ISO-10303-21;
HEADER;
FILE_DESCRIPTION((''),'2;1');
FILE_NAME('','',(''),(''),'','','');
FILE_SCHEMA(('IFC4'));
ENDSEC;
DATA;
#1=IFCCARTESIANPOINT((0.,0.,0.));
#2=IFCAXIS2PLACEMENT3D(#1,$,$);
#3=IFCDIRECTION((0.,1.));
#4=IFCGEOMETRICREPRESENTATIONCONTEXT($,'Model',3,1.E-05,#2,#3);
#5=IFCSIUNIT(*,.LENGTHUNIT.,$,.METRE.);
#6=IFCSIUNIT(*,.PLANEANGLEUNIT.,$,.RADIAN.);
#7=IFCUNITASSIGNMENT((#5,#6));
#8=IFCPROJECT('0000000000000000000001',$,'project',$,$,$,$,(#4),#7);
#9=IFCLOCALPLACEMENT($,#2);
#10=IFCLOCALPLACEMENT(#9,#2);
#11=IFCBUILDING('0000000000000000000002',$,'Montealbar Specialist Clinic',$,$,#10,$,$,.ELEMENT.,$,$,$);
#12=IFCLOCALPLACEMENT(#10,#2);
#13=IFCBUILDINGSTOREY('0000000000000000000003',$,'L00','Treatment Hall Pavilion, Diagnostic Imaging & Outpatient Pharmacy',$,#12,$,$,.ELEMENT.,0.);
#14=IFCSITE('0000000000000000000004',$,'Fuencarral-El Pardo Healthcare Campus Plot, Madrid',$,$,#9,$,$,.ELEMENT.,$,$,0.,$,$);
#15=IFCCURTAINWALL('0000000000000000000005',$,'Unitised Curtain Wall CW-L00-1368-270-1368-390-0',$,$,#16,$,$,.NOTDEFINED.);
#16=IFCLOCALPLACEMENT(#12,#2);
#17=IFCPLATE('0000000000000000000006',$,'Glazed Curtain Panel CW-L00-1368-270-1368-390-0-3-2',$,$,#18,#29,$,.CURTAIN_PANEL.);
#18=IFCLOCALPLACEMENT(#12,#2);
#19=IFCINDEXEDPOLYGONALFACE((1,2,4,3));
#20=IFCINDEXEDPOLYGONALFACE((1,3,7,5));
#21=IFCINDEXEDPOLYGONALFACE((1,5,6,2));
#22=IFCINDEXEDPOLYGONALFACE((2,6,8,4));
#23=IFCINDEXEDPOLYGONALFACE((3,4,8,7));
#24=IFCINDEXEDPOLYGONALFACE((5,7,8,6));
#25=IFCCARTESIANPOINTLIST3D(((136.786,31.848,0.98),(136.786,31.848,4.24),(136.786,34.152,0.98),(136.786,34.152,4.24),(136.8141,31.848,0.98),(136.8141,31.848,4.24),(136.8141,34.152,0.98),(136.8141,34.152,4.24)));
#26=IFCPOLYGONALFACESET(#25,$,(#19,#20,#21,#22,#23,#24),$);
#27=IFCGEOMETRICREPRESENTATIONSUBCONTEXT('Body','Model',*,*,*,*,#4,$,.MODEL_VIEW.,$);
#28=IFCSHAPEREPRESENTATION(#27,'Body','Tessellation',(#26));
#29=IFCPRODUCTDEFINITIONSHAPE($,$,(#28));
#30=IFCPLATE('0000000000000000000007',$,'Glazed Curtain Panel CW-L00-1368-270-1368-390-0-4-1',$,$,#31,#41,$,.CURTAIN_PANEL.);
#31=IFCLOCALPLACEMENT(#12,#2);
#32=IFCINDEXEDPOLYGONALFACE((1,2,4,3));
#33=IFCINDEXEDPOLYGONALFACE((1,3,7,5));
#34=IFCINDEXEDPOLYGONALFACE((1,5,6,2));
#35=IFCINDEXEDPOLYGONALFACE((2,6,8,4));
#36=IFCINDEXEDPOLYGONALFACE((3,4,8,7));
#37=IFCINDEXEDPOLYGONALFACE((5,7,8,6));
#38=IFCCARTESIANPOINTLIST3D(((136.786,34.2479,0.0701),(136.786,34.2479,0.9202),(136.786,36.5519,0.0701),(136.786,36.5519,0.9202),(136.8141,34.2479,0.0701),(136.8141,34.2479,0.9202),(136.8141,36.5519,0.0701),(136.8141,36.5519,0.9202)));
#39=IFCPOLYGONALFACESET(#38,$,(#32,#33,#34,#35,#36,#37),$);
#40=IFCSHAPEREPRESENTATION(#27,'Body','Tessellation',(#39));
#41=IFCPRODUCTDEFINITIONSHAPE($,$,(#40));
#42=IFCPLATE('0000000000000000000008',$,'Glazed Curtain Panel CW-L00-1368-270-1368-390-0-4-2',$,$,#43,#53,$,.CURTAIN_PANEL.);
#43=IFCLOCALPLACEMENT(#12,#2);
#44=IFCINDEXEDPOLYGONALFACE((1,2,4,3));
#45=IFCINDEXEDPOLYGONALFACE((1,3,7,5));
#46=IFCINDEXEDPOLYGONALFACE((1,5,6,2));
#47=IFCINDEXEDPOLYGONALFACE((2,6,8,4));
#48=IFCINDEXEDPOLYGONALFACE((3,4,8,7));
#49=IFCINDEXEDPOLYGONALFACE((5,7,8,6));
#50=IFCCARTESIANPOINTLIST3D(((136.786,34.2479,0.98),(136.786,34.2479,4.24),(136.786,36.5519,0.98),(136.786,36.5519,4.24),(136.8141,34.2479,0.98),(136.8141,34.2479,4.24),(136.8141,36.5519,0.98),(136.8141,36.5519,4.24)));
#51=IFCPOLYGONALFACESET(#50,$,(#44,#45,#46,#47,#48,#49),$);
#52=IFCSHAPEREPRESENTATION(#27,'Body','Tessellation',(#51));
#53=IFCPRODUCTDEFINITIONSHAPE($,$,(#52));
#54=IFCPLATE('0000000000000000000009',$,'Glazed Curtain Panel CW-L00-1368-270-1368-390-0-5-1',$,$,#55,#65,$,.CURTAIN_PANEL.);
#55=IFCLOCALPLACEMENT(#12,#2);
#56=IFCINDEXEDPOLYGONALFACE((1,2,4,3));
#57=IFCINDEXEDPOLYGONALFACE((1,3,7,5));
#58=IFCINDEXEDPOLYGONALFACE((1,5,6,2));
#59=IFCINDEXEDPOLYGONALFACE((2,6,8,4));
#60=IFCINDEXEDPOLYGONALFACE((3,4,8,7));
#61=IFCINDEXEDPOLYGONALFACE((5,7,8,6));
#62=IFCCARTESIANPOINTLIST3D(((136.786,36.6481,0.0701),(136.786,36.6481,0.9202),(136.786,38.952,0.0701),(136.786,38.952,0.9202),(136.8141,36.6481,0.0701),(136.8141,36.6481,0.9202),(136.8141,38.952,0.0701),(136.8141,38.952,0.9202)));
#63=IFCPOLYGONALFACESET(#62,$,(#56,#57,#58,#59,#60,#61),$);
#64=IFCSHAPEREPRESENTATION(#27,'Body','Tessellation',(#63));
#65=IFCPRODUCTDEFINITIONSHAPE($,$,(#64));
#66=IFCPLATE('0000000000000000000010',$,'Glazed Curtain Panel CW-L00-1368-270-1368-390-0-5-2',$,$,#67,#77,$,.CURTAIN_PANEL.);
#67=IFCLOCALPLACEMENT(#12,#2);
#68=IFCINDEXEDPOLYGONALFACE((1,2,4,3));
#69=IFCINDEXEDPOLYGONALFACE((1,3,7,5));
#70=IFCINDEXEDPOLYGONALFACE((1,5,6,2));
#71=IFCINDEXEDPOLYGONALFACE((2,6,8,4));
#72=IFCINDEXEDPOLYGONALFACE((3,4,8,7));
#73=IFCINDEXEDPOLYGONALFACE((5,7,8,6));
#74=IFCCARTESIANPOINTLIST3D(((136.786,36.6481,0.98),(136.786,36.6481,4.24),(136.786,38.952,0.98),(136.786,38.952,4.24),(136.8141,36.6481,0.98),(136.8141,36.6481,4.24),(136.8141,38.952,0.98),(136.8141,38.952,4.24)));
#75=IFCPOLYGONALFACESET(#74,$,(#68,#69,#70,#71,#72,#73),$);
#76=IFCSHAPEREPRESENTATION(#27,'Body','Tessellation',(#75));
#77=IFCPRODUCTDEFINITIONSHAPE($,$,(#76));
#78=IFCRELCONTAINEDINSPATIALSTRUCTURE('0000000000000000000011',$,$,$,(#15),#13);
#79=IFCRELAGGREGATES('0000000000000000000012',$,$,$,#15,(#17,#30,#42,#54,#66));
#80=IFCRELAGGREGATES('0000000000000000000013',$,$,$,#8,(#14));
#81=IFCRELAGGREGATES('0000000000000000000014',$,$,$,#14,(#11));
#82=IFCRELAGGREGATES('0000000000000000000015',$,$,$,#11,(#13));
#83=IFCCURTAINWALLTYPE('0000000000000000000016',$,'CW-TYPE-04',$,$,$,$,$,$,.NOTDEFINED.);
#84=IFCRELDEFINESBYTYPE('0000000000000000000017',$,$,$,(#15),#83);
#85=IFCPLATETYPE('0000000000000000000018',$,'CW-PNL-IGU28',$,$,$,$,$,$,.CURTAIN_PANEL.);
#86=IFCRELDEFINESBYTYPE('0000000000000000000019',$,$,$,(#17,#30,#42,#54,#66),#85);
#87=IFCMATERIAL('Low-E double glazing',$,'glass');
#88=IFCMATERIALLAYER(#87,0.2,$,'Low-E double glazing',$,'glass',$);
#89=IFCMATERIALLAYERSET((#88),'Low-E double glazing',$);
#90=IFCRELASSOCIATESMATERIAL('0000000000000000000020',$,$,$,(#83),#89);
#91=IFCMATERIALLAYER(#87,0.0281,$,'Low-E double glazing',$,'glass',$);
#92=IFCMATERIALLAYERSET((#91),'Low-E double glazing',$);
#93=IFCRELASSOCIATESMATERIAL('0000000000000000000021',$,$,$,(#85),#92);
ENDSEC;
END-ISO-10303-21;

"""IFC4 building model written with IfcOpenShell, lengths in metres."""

from ifc_helpers import new_model, si_unit, direction, frame, origin, origin_2d, place, context, subcontext, project, spatial, rectangle, extrude, material, layer, layer_set, type_object, element, aggregate, save


model = new_model("IFC4")

# Units and contexts
model_context = context("Model", 3, precision=1e-05, world=origin(), true_north=direction((0.0, 1.0)))
body_context = subcontext(model_context, "Body", "Model", "MODEL_VIEW")
ifc_project = project(units=[si_unit("LENGTHUNIT", "METRE"), si_unit("PLANEANGLEUNIT", "RADIAN")], contexts=[model_context])

# Site, building, storey
site_placement = place(None, origin())
site = spatial("IfcSite", under=ifc_project, at=site_placement, Name="Fuencarral-El Pardo Healthcare Campus Plot, Madrid", CompositionType="ELEMENT", RefElevation=0.0)
building_placement = place(site_placement, origin())
building = spatial("IfcBuilding", under=site, at=building_placement, Name="Montealbar Specialist Clinic", CompositionType="ELEMENT")
storey_placement = place(building_placement, origin())
storey = spatial("IfcBuildingStorey", under=building, at=storey_placement, Name="L00", Description="Treatment Hall Pavilion, Diagnostic Imaging & Outpatient Pharmacy", CompositionType="ELEMENT", Elevation=0.0)

# Curtain wall
ifc_material_1 = material(Name="Low-E double glazing", Category="glass")
ifc_layer_1 = layer(ifc_material_1, 0.2, Name="Low-E double glazing", Category="glass")
ifc_layer_set_1 = layer_set([ifc_layer_1], Name="Low-E double glazing")
curtain_wall_type_1 = type_object("IfcCurtainWallType", Name="CW-TYPE-04", PredefinedType="NOTDEFINED", material=ifc_layer_set_1)
curtain_wall_1_placement = place(storey_placement, origin())
curtain_wall_1 = element("IfcCurtainWall", 1, at=curtain_wall_1_placement, inside=storey, type_object=curtain_wall_type_1, Name="Unitised Curtain Wall CW-L00-1368-270-1368-390-0", PredefinedType="NOTDEFINED")

# Plates
ifc_layer_2 = layer(ifc_material_1, 0.0281, Name="Low-E double glazing", Category="glass")
ifc_layer_set_2 = layer_set([ifc_layer_2], Name="Low-E double glazing")
plate_type = type_object("IfcPlateType", Name="CW-PNL-IGU28", PredefinedType="CURTAIN_PANEL", material=ifc_layer_set_2)
plate_1_placement = place(storey_placement, frame((136.8, 33.0, 0.98), z_axis=(0.0, 0.0, 1.0), x_axis=(0.0, 1.0, 0.0)))
plate_1 = element("IfcPlate", 2, at=plate_1_placement, type_object=plate_type, Name="Glazed Curtain Panel CW-L00-1368-270-1368-390-0-3-2", PredefinedType="CURTAIN_PANEL", context=body_context, shape_type="SweptSolid", body=[
    extrude(rectangle(XDim=2.304, YDim=0.0281, at=origin_2d()), origin(), (0.0, 0.0, 1.0), 3.26),
])
plate_2_placement = place(storey_placement, frame((136.8, 35.3999, 0.0701), z_axis=(0.0, 0.0, 1.0), x_axis=(0.0, 1.0, 0.0)))
plate_2 = element("IfcPlate", 3, at=plate_2_placement, type_object=plate_type, Name="Glazed Curtain Panel CW-L00-1368-270-1368-390-0-4-1", PredefinedType="CURTAIN_PANEL", context=body_context, shape_type="SweptSolid", body=[
    extrude(rectangle(XDim=2.304, YDim=0.0281, at=origin_2d()), origin(), (0.0, 0.0, 1.0), 0.8501),
])
plate_3_placement = place(storey_placement, frame((136.8, 35.3999, 0.98), z_axis=(0.0, 0.0, 1.0), x_axis=(0.0, 1.0, 0.0)))
plate_3 = element("IfcPlate", 4, at=plate_3_placement, type_object=plate_type, Name="Glazed Curtain Panel CW-L00-1368-270-1368-390-0-4-2", PredefinedType="CURTAIN_PANEL", context=body_context, shape_type="SweptSolid", body=[
    extrude(rectangle(XDim=2.304, YDim=0.0281, at=origin_2d()), origin(), (0.0, 0.0, 1.0), 3.26),
])
plate_4_placement = place(storey_placement, frame((136.8, 37.8, 0.0701), z_axis=(0.0, 0.0, 1.0), x_axis=(0.0, 1.0, 0.0)))
plate_4 = element("IfcPlate", 5, at=plate_4_placement, type_object=plate_type, Name="Glazed Curtain Panel CW-L00-1368-270-1368-390-0-5-1", PredefinedType="CURTAIN_PANEL", context=body_context, shape_type="SweptSolid", body=[
    extrude(rectangle(XDim=2.304, YDim=0.0281, at=origin_2d()), origin(), (0.0, 0.0, 1.0), 0.8501),
])
plate_5_placement = place(storey_placement, frame((136.8, 37.8, 0.98), z_axis=(0.0, 0.0, 1.0), x_axis=(0.0, 1.0, 0.0)))
plate_5 = element("IfcPlate", 6, at=plate_5_placement, type_object=plate_type, Name="Glazed Curtain Panel CW-L00-1368-270-1368-390-0-5-2", PredefinedType="CURTAIN_PANEL", context=body_context, shape_type="SweptSolid", body=[
    extrude(rectangle(XDim=2.304, YDim=0.0281, at=origin_2d()), origin(), (0.0, 0.0, 1.0), 3.26),
])
aggregate(curtain_wall_1, [plate_1, plate_2, plate_3, plate_4, plate_5])

save(model, "model.ifc")
